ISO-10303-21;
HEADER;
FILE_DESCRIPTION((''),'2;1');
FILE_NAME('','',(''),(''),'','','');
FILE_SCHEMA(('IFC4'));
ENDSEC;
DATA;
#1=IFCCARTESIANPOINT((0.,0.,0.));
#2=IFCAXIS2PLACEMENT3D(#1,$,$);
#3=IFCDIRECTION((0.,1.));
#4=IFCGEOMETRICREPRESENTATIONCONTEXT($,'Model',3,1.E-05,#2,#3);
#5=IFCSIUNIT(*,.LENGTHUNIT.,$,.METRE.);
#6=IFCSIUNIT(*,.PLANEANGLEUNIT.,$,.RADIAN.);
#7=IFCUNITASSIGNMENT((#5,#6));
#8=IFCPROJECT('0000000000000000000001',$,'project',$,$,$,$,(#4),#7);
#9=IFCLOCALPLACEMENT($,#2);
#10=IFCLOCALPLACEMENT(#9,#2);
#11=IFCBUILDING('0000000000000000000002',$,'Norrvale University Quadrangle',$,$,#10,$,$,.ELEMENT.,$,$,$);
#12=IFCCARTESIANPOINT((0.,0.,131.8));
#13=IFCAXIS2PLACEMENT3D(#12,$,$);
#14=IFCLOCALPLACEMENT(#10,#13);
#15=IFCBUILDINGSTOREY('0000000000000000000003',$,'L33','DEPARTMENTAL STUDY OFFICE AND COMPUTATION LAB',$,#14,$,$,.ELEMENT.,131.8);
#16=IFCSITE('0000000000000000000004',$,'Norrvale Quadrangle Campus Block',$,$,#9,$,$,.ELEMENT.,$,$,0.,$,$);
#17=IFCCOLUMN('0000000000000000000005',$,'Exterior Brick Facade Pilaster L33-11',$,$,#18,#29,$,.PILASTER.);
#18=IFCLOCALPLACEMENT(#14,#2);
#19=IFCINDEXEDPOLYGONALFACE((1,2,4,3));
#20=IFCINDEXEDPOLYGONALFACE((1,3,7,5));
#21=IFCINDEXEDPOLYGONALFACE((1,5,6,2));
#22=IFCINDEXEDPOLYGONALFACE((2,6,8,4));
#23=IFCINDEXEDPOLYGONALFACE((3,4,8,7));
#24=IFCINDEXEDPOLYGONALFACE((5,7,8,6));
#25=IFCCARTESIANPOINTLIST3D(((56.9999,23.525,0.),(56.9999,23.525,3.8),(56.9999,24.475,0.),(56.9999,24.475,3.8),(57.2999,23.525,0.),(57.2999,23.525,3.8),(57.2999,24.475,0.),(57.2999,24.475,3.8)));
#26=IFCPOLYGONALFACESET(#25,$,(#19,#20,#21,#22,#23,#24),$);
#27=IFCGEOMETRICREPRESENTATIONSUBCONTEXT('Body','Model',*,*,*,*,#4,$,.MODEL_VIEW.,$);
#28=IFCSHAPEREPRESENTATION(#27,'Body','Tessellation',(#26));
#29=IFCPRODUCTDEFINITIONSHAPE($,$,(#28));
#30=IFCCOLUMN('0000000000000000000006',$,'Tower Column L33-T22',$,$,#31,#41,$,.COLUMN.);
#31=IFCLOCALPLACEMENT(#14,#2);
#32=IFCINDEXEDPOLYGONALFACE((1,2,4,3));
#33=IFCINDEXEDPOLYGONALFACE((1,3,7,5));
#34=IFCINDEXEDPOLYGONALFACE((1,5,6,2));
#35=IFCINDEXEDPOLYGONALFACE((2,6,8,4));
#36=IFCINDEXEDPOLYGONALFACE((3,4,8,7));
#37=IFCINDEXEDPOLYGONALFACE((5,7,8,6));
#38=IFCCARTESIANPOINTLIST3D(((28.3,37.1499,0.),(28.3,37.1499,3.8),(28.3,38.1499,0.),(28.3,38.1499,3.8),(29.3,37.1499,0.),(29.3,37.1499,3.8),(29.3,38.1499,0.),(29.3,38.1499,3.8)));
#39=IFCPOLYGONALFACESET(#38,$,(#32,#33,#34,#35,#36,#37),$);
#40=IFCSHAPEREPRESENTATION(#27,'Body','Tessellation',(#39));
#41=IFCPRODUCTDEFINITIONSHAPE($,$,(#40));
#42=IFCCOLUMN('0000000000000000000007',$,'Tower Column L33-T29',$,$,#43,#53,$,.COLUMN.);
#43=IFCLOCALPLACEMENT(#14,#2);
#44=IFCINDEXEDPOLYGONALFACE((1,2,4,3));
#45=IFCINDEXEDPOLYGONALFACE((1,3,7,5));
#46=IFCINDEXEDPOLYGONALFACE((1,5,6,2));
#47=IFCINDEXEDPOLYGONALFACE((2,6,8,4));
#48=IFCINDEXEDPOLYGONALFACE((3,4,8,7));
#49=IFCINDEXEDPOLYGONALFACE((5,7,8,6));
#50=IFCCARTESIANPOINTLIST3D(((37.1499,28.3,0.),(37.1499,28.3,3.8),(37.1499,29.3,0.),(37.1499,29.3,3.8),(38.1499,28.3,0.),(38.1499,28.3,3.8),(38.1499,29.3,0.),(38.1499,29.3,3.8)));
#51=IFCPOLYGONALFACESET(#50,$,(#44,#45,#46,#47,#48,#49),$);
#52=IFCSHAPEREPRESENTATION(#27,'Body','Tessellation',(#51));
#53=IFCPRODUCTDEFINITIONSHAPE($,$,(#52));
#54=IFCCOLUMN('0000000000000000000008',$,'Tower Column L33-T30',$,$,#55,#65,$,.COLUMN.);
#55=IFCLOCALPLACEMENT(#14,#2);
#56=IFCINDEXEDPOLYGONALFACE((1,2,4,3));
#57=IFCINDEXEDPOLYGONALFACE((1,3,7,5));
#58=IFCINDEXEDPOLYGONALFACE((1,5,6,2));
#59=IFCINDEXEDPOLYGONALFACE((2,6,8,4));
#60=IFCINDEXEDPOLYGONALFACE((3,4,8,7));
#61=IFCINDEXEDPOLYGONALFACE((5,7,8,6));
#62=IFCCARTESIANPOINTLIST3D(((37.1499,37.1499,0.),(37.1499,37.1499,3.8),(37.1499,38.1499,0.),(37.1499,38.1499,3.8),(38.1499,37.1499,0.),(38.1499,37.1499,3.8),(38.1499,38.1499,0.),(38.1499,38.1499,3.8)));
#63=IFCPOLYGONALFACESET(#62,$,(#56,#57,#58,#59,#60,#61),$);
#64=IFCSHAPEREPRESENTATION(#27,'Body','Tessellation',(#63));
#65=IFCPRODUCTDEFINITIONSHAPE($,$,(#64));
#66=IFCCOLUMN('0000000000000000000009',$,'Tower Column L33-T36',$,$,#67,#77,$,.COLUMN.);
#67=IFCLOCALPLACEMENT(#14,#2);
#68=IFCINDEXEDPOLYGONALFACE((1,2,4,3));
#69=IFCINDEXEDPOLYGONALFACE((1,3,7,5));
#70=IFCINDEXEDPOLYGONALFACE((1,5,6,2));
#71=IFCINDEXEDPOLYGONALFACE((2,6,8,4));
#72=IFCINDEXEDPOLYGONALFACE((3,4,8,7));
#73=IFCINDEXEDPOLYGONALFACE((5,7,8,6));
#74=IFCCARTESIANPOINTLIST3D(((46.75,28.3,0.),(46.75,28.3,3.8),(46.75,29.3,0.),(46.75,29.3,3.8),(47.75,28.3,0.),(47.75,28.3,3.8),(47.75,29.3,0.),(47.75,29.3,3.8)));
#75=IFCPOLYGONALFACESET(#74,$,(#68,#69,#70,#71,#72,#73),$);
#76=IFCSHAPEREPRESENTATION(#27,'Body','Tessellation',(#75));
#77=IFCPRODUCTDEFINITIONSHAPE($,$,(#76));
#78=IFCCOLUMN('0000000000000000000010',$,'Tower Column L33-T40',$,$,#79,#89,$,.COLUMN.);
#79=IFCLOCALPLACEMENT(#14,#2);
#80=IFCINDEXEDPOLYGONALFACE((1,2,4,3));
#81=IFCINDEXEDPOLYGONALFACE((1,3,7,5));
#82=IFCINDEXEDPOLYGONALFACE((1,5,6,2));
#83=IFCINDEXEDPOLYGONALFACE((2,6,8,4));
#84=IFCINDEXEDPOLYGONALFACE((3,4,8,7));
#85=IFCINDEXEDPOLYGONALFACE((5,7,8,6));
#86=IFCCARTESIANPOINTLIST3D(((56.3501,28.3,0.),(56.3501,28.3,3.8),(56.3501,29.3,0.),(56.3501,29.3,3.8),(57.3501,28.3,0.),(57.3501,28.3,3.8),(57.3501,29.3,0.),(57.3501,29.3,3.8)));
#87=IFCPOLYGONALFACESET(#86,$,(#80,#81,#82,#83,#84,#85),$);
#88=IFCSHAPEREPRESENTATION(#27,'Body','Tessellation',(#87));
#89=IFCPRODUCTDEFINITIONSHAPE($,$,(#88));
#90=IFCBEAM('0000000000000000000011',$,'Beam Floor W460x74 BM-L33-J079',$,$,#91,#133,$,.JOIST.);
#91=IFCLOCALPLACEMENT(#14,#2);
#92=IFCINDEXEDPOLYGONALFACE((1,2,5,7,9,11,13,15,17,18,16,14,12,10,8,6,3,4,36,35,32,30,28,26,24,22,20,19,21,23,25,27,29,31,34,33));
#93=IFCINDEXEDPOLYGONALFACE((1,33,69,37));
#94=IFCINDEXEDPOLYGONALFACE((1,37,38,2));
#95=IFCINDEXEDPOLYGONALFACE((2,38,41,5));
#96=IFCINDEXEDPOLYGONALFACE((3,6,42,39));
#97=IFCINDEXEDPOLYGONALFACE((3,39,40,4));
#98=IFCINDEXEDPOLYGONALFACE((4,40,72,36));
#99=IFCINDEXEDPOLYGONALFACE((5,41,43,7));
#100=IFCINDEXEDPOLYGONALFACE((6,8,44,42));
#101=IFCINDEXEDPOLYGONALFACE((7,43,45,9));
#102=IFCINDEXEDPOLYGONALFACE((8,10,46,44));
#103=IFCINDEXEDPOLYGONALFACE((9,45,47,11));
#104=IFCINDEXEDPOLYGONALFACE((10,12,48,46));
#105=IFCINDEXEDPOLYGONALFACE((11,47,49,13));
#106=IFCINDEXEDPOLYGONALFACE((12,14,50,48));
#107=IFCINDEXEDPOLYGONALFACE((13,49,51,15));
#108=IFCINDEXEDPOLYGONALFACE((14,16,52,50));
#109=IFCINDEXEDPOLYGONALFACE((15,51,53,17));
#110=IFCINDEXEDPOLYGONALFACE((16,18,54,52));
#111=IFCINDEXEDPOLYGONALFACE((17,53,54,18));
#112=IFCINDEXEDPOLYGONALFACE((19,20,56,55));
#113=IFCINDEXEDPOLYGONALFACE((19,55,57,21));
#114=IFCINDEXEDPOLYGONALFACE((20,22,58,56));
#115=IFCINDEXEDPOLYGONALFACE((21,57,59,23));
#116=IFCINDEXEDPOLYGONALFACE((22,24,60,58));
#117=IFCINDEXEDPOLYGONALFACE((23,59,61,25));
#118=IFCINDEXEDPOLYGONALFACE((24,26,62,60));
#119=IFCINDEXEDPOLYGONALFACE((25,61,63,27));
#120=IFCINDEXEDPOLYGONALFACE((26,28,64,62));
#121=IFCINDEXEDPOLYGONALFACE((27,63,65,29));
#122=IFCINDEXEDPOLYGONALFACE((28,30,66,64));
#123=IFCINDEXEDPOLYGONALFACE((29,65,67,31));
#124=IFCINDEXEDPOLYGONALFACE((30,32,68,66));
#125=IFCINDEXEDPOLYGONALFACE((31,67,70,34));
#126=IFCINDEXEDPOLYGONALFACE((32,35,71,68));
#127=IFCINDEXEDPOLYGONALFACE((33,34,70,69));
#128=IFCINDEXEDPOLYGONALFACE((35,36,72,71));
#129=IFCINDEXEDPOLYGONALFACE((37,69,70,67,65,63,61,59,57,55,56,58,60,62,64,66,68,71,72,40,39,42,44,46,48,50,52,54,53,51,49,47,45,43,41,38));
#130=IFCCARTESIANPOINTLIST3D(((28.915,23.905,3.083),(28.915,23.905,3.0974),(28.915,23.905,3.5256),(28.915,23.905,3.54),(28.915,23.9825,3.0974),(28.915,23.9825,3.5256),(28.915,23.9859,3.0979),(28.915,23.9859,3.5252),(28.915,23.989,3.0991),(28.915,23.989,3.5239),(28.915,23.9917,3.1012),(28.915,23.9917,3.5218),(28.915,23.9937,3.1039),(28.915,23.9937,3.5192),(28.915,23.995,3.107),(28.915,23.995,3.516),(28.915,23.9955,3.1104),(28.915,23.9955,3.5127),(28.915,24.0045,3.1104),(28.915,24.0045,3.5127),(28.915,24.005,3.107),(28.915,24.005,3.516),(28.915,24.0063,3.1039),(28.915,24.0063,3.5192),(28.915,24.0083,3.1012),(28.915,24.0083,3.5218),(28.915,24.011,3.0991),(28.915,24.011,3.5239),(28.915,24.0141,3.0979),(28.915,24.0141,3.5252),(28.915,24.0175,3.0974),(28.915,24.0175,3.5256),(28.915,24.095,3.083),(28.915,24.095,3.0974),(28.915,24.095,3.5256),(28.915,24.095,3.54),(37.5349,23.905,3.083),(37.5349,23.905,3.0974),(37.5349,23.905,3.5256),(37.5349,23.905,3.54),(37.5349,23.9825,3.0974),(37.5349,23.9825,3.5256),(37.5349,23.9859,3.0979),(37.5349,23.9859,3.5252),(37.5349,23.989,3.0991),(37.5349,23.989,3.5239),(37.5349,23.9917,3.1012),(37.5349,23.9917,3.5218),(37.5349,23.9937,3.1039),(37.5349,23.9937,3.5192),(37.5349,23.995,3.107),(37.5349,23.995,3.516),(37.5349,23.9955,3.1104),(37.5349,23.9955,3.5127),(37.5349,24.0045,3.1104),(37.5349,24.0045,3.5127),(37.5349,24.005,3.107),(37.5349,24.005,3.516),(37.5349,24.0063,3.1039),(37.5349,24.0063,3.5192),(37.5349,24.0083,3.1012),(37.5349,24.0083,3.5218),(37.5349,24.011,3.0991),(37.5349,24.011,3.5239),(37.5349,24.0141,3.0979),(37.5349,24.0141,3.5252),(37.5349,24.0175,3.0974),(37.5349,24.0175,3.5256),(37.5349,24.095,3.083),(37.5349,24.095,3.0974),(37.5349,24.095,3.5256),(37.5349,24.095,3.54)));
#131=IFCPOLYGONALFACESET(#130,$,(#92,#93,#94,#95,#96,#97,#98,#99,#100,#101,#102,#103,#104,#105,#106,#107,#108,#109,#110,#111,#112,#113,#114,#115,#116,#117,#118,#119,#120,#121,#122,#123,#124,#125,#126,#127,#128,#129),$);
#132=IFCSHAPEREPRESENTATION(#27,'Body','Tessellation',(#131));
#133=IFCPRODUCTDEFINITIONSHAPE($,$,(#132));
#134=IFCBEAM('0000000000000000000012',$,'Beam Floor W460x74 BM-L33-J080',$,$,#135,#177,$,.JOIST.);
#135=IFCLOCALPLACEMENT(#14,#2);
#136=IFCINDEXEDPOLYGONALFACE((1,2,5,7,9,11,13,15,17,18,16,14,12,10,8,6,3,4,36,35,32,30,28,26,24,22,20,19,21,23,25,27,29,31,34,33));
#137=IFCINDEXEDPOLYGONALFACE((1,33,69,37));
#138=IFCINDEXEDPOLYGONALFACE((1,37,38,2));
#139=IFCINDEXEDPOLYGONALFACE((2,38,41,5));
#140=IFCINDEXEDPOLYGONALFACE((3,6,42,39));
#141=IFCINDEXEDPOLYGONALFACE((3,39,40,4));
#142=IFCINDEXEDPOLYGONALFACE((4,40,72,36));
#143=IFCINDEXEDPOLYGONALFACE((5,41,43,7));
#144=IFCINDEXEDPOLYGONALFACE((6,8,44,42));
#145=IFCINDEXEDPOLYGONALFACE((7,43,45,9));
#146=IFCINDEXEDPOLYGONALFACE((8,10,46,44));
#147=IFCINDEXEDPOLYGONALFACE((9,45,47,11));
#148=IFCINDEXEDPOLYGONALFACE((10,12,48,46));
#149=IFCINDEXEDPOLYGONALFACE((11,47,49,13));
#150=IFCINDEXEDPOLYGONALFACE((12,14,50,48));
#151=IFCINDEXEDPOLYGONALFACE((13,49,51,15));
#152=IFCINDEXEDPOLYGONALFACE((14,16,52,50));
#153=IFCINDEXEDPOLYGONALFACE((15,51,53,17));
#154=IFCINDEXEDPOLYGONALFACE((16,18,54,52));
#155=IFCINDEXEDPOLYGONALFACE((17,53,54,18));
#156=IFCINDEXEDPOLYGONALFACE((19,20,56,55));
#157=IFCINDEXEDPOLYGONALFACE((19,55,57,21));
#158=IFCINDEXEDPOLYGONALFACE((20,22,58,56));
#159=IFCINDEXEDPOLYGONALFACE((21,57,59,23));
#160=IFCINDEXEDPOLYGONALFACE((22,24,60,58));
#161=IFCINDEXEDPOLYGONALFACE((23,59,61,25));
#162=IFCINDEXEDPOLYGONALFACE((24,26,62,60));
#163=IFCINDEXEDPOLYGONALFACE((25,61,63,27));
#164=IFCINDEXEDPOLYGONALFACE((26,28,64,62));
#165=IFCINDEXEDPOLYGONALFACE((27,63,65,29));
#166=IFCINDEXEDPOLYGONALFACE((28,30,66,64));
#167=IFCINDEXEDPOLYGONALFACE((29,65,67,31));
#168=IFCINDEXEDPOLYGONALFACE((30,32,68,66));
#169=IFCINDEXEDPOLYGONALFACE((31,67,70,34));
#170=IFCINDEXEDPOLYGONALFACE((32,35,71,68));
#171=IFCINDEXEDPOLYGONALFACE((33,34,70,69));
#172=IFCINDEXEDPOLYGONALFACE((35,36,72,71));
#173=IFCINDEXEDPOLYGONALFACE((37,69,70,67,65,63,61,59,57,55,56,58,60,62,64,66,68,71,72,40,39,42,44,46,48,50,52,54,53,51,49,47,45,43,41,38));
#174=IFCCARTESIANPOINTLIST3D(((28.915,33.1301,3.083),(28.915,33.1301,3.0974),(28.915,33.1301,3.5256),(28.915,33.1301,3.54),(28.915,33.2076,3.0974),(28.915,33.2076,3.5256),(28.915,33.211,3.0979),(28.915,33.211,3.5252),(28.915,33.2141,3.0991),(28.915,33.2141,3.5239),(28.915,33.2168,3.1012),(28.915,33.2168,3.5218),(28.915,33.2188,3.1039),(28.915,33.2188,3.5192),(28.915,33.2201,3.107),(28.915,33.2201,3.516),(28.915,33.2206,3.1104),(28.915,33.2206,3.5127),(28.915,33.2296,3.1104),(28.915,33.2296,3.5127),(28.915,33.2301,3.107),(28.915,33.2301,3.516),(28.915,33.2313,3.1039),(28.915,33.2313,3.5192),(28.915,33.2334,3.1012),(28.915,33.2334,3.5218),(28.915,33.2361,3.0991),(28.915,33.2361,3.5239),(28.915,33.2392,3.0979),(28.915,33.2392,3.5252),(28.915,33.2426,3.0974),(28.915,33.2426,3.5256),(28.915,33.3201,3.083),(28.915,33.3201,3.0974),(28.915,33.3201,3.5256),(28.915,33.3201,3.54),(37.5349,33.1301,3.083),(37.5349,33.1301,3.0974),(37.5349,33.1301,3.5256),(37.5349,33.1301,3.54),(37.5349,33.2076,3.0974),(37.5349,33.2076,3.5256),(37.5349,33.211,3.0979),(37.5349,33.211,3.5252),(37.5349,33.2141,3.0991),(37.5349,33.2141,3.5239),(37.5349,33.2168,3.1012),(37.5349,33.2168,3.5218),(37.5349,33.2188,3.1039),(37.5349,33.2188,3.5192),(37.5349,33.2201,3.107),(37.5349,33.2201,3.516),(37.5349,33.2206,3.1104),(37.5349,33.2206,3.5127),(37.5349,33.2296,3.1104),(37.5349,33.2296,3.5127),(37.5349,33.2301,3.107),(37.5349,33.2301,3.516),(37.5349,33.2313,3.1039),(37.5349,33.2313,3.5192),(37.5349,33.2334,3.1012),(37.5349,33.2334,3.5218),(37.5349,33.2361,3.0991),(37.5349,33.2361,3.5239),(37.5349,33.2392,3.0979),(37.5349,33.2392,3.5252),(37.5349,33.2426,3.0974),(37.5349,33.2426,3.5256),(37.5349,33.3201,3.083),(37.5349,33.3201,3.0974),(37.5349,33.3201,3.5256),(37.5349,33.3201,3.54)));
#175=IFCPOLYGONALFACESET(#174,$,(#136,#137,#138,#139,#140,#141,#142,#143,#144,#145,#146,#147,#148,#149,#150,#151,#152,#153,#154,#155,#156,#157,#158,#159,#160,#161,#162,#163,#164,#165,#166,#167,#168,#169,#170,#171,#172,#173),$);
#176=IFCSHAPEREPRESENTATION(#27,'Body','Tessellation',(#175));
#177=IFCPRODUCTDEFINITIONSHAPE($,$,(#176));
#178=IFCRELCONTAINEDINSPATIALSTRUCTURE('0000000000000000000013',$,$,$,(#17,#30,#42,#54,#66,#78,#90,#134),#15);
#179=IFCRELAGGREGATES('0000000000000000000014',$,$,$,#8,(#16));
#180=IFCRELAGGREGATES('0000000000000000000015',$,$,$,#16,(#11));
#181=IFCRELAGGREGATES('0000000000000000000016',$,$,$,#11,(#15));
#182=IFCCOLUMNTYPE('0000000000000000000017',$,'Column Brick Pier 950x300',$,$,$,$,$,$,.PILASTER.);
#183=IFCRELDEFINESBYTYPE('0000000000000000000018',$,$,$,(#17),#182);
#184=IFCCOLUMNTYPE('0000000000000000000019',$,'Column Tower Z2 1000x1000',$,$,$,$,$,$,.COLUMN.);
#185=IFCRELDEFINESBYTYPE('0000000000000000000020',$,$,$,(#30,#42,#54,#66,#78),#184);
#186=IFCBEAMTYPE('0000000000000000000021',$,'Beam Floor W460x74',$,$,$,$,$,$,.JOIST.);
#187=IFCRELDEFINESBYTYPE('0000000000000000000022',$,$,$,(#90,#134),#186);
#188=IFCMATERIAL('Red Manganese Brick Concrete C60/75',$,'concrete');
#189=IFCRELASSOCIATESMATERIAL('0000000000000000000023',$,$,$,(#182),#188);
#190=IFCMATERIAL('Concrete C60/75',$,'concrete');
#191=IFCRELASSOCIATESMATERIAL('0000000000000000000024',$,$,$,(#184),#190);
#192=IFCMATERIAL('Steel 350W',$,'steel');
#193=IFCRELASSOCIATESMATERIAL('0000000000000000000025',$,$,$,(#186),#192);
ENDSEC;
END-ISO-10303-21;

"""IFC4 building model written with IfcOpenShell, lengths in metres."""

from ifc_helpers import new_model, si_unit, direction, frame, origin, origin_2d, place, context, subcontext, project, spatial, rectangle, i_section, extrude, material, material_profile, profile_set, type_object, element, save


model = new_model("IFC4")

# Units and contexts
model_context = context("Model", 3, precision=1e-05, world=origin(), true_north=direction((0.0, 1.0)))
body_context = subcontext(model_context, "Body", "Model", "MODEL_VIEW")
ifc_project = project(units=[si_unit("LENGTHUNIT", "METRE"), si_unit("PLANEANGLEUNIT", "RADIAN")], contexts=[model_context])

# Site, building, storey
site_placement = place(None, origin())
site = spatial("IfcSite", under=ifc_project, at=site_placement, Name="Norrvale Quadrangle Campus Block", CompositionType="ELEMENT", RefElevation=0.0)
building_placement = place(site_placement, origin())
building = spatial("IfcBuilding", under=site, at=building_placement, Name="Norrvale University Quadrangle", CompositionType="ELEMENT")
storey_placement = place(building_placement, frame((0.0, 0.0, 131.8)))
storey = spatial("IfcBuildingStorey", under=building, at=storey_placement, Name="L33", Description="DEPARTMENTAL STUDY OFFICE AND COMPUTATION LAB", CompositionType="ELEMENT", Elevation=131.8)

# Columns
ifc_material_1 = material(Name="Red Manganese Brick Concrete C60/75", Category="concrete")
ifc_material_profile_1 = material_profile(ifc_material_1, rectangle(XDim=0.95, YDim=0.3, at=origin_2d()), Name="Red Manganese Brick Concrete C60/75")
ifc_profile_set_1 = profile_set([ifc_material_profile_1], Name="Red Manganese Brick Concrete C60/75")
column_type_1 = type_object("IfcColumnType", Name="Column Brick Pier 950x300", PredefinedType="PILASTER", material=ifc_profile_set_1)
column_placement = place(storey_placement, frame((57.1499, 24.0, 0.0), z_axis=(0.0, 0.0, 1.0), x_axis=(0.0, 1.0, 0.0)))
element("IfcColumn", 1, at=column_placement, inside=storey, type_object=column_type_1, Name="Exterior Brick Facade Pilaster L33-11", PredefinedType="PILASTER", context=body_context, shape_type="SweptSolid", body=[
    extrude(rectangle(XDim=0.95, YDim=0.3, at=origin_2d()), origin(), (0.0, 0.0, 1.0), 3.8),
])
ifc_material_2 = material(Name="Concrete C60/75", Category="concrete")
ifc_material_profile_2 = material_profile(ifc_material_2, rectangle(XDim=1.0, YDim=1.0, at=origin_2d()), Name="Concrete C60/75")
ifc_profile_set_2 = profile_set([ifc_material_profile_2], Name="Concrete C60/75")
column_type_2 = type_object("IfcColumnType", Name="Column Tower Z2 1000x1000", PredefinedType="COLUMN", material=ifc_profile_set_2)
for number, where, z_axis, x_axis, name in (
    (2, (28.8, 37.6499, 0.0), (0.0, 0.0, 1.0), (1.0, 0.0, 0.0), "Tower Column L33-T22"),
    (3, (37.6499, 28.8, 0.0), (0.0, 0.0, 1.0), (1.0, 0.0, 0.0), "Tower Column L33-T29"),
    (4, (37.6499, 37.6499, 0.0), (0.0, 0.0, 1.0), (1.0, 0.0, 0.0), "Tower Column L33-T30"),
    (5, (47.25, 28.8, 0.0), (0.0, 0.0, 1.0), (1.0, 0.0, 0.0), "Tower Column L33-T36"),
    (6, (56.8501, 28.8, 0.0), (0.0, 0.0, 1.0), (1.0, 0.0, 0.0), "Tower Column L33-T40"),
):
    element("IfcColumn", number, at=place(storey_placement, frame(where, z_axis=z_axis, x_axis=x_axis)), inside=storey, type_object=column_type_2, Name=name, PredefinedType="COLUMN", context=body_context, shape_type="SweptSolid", body=[
        extrude(rectangle(XDim=1.0, YDim=1.0, at=origin_2d()), origin(), (0.0, 0.0, 1.0), 3.8),
    ])

# Beams
ifc_material_3 = material(Name="Steel 350W", Category="steel")
ifc_material_profile_3 = material_profile(ifc_material_3, i_section(OverallWidth=0.1899, OverallDepth=0.457, WebThickness=0.009, FlangeThickness=0.0144, FilletRadius=0.0129, at=origin_2d()), Name="Steel 350W")
ifc_profile_set_3 = profile_set([ifc_material_profile_3], Name="Steel 350W")
beam_type_1 = type_object("IfcBeamType", Name="Beam Floor W460x74", PredefinedType="JOIST", material=ifc_profile_set_3)
for number, where, z_axis, x_axis, name in (
    (7, (28.915, 24.0, 3.3115), (1.0, 0.0, 0.0), (0.0, 1.0, 0.0), "Beam Floor W460x74 BM-L33-J079"),
    (8, (28.915, 33.2251, 3.3115), (1.0, 0.0, 0.0), (0.0, 1.0, 0.0), "Beam Floor W460x74 BM-L33-J080"),
):
    element("IfcBeam", number, at=place(storey_placement, frame(where, z_axis=z_axis, x_axis=x_axis)), inside=storey, type_object=beam_type_1, Name=name, PredefinedType="JOIST", context=body_context, shape_type="SweptSolid", body=[
        extrude(i_section(OverallWidth=0.1899, OverallDepth=0.457, WebThickness=0.009, FlangeThickness=0.0144, FilletRadius=0.0129, at=origin_2d()), origin(), (0.0, 0.0, 1.0), 8.6199),
    ])

save(model, "model.ifc")
